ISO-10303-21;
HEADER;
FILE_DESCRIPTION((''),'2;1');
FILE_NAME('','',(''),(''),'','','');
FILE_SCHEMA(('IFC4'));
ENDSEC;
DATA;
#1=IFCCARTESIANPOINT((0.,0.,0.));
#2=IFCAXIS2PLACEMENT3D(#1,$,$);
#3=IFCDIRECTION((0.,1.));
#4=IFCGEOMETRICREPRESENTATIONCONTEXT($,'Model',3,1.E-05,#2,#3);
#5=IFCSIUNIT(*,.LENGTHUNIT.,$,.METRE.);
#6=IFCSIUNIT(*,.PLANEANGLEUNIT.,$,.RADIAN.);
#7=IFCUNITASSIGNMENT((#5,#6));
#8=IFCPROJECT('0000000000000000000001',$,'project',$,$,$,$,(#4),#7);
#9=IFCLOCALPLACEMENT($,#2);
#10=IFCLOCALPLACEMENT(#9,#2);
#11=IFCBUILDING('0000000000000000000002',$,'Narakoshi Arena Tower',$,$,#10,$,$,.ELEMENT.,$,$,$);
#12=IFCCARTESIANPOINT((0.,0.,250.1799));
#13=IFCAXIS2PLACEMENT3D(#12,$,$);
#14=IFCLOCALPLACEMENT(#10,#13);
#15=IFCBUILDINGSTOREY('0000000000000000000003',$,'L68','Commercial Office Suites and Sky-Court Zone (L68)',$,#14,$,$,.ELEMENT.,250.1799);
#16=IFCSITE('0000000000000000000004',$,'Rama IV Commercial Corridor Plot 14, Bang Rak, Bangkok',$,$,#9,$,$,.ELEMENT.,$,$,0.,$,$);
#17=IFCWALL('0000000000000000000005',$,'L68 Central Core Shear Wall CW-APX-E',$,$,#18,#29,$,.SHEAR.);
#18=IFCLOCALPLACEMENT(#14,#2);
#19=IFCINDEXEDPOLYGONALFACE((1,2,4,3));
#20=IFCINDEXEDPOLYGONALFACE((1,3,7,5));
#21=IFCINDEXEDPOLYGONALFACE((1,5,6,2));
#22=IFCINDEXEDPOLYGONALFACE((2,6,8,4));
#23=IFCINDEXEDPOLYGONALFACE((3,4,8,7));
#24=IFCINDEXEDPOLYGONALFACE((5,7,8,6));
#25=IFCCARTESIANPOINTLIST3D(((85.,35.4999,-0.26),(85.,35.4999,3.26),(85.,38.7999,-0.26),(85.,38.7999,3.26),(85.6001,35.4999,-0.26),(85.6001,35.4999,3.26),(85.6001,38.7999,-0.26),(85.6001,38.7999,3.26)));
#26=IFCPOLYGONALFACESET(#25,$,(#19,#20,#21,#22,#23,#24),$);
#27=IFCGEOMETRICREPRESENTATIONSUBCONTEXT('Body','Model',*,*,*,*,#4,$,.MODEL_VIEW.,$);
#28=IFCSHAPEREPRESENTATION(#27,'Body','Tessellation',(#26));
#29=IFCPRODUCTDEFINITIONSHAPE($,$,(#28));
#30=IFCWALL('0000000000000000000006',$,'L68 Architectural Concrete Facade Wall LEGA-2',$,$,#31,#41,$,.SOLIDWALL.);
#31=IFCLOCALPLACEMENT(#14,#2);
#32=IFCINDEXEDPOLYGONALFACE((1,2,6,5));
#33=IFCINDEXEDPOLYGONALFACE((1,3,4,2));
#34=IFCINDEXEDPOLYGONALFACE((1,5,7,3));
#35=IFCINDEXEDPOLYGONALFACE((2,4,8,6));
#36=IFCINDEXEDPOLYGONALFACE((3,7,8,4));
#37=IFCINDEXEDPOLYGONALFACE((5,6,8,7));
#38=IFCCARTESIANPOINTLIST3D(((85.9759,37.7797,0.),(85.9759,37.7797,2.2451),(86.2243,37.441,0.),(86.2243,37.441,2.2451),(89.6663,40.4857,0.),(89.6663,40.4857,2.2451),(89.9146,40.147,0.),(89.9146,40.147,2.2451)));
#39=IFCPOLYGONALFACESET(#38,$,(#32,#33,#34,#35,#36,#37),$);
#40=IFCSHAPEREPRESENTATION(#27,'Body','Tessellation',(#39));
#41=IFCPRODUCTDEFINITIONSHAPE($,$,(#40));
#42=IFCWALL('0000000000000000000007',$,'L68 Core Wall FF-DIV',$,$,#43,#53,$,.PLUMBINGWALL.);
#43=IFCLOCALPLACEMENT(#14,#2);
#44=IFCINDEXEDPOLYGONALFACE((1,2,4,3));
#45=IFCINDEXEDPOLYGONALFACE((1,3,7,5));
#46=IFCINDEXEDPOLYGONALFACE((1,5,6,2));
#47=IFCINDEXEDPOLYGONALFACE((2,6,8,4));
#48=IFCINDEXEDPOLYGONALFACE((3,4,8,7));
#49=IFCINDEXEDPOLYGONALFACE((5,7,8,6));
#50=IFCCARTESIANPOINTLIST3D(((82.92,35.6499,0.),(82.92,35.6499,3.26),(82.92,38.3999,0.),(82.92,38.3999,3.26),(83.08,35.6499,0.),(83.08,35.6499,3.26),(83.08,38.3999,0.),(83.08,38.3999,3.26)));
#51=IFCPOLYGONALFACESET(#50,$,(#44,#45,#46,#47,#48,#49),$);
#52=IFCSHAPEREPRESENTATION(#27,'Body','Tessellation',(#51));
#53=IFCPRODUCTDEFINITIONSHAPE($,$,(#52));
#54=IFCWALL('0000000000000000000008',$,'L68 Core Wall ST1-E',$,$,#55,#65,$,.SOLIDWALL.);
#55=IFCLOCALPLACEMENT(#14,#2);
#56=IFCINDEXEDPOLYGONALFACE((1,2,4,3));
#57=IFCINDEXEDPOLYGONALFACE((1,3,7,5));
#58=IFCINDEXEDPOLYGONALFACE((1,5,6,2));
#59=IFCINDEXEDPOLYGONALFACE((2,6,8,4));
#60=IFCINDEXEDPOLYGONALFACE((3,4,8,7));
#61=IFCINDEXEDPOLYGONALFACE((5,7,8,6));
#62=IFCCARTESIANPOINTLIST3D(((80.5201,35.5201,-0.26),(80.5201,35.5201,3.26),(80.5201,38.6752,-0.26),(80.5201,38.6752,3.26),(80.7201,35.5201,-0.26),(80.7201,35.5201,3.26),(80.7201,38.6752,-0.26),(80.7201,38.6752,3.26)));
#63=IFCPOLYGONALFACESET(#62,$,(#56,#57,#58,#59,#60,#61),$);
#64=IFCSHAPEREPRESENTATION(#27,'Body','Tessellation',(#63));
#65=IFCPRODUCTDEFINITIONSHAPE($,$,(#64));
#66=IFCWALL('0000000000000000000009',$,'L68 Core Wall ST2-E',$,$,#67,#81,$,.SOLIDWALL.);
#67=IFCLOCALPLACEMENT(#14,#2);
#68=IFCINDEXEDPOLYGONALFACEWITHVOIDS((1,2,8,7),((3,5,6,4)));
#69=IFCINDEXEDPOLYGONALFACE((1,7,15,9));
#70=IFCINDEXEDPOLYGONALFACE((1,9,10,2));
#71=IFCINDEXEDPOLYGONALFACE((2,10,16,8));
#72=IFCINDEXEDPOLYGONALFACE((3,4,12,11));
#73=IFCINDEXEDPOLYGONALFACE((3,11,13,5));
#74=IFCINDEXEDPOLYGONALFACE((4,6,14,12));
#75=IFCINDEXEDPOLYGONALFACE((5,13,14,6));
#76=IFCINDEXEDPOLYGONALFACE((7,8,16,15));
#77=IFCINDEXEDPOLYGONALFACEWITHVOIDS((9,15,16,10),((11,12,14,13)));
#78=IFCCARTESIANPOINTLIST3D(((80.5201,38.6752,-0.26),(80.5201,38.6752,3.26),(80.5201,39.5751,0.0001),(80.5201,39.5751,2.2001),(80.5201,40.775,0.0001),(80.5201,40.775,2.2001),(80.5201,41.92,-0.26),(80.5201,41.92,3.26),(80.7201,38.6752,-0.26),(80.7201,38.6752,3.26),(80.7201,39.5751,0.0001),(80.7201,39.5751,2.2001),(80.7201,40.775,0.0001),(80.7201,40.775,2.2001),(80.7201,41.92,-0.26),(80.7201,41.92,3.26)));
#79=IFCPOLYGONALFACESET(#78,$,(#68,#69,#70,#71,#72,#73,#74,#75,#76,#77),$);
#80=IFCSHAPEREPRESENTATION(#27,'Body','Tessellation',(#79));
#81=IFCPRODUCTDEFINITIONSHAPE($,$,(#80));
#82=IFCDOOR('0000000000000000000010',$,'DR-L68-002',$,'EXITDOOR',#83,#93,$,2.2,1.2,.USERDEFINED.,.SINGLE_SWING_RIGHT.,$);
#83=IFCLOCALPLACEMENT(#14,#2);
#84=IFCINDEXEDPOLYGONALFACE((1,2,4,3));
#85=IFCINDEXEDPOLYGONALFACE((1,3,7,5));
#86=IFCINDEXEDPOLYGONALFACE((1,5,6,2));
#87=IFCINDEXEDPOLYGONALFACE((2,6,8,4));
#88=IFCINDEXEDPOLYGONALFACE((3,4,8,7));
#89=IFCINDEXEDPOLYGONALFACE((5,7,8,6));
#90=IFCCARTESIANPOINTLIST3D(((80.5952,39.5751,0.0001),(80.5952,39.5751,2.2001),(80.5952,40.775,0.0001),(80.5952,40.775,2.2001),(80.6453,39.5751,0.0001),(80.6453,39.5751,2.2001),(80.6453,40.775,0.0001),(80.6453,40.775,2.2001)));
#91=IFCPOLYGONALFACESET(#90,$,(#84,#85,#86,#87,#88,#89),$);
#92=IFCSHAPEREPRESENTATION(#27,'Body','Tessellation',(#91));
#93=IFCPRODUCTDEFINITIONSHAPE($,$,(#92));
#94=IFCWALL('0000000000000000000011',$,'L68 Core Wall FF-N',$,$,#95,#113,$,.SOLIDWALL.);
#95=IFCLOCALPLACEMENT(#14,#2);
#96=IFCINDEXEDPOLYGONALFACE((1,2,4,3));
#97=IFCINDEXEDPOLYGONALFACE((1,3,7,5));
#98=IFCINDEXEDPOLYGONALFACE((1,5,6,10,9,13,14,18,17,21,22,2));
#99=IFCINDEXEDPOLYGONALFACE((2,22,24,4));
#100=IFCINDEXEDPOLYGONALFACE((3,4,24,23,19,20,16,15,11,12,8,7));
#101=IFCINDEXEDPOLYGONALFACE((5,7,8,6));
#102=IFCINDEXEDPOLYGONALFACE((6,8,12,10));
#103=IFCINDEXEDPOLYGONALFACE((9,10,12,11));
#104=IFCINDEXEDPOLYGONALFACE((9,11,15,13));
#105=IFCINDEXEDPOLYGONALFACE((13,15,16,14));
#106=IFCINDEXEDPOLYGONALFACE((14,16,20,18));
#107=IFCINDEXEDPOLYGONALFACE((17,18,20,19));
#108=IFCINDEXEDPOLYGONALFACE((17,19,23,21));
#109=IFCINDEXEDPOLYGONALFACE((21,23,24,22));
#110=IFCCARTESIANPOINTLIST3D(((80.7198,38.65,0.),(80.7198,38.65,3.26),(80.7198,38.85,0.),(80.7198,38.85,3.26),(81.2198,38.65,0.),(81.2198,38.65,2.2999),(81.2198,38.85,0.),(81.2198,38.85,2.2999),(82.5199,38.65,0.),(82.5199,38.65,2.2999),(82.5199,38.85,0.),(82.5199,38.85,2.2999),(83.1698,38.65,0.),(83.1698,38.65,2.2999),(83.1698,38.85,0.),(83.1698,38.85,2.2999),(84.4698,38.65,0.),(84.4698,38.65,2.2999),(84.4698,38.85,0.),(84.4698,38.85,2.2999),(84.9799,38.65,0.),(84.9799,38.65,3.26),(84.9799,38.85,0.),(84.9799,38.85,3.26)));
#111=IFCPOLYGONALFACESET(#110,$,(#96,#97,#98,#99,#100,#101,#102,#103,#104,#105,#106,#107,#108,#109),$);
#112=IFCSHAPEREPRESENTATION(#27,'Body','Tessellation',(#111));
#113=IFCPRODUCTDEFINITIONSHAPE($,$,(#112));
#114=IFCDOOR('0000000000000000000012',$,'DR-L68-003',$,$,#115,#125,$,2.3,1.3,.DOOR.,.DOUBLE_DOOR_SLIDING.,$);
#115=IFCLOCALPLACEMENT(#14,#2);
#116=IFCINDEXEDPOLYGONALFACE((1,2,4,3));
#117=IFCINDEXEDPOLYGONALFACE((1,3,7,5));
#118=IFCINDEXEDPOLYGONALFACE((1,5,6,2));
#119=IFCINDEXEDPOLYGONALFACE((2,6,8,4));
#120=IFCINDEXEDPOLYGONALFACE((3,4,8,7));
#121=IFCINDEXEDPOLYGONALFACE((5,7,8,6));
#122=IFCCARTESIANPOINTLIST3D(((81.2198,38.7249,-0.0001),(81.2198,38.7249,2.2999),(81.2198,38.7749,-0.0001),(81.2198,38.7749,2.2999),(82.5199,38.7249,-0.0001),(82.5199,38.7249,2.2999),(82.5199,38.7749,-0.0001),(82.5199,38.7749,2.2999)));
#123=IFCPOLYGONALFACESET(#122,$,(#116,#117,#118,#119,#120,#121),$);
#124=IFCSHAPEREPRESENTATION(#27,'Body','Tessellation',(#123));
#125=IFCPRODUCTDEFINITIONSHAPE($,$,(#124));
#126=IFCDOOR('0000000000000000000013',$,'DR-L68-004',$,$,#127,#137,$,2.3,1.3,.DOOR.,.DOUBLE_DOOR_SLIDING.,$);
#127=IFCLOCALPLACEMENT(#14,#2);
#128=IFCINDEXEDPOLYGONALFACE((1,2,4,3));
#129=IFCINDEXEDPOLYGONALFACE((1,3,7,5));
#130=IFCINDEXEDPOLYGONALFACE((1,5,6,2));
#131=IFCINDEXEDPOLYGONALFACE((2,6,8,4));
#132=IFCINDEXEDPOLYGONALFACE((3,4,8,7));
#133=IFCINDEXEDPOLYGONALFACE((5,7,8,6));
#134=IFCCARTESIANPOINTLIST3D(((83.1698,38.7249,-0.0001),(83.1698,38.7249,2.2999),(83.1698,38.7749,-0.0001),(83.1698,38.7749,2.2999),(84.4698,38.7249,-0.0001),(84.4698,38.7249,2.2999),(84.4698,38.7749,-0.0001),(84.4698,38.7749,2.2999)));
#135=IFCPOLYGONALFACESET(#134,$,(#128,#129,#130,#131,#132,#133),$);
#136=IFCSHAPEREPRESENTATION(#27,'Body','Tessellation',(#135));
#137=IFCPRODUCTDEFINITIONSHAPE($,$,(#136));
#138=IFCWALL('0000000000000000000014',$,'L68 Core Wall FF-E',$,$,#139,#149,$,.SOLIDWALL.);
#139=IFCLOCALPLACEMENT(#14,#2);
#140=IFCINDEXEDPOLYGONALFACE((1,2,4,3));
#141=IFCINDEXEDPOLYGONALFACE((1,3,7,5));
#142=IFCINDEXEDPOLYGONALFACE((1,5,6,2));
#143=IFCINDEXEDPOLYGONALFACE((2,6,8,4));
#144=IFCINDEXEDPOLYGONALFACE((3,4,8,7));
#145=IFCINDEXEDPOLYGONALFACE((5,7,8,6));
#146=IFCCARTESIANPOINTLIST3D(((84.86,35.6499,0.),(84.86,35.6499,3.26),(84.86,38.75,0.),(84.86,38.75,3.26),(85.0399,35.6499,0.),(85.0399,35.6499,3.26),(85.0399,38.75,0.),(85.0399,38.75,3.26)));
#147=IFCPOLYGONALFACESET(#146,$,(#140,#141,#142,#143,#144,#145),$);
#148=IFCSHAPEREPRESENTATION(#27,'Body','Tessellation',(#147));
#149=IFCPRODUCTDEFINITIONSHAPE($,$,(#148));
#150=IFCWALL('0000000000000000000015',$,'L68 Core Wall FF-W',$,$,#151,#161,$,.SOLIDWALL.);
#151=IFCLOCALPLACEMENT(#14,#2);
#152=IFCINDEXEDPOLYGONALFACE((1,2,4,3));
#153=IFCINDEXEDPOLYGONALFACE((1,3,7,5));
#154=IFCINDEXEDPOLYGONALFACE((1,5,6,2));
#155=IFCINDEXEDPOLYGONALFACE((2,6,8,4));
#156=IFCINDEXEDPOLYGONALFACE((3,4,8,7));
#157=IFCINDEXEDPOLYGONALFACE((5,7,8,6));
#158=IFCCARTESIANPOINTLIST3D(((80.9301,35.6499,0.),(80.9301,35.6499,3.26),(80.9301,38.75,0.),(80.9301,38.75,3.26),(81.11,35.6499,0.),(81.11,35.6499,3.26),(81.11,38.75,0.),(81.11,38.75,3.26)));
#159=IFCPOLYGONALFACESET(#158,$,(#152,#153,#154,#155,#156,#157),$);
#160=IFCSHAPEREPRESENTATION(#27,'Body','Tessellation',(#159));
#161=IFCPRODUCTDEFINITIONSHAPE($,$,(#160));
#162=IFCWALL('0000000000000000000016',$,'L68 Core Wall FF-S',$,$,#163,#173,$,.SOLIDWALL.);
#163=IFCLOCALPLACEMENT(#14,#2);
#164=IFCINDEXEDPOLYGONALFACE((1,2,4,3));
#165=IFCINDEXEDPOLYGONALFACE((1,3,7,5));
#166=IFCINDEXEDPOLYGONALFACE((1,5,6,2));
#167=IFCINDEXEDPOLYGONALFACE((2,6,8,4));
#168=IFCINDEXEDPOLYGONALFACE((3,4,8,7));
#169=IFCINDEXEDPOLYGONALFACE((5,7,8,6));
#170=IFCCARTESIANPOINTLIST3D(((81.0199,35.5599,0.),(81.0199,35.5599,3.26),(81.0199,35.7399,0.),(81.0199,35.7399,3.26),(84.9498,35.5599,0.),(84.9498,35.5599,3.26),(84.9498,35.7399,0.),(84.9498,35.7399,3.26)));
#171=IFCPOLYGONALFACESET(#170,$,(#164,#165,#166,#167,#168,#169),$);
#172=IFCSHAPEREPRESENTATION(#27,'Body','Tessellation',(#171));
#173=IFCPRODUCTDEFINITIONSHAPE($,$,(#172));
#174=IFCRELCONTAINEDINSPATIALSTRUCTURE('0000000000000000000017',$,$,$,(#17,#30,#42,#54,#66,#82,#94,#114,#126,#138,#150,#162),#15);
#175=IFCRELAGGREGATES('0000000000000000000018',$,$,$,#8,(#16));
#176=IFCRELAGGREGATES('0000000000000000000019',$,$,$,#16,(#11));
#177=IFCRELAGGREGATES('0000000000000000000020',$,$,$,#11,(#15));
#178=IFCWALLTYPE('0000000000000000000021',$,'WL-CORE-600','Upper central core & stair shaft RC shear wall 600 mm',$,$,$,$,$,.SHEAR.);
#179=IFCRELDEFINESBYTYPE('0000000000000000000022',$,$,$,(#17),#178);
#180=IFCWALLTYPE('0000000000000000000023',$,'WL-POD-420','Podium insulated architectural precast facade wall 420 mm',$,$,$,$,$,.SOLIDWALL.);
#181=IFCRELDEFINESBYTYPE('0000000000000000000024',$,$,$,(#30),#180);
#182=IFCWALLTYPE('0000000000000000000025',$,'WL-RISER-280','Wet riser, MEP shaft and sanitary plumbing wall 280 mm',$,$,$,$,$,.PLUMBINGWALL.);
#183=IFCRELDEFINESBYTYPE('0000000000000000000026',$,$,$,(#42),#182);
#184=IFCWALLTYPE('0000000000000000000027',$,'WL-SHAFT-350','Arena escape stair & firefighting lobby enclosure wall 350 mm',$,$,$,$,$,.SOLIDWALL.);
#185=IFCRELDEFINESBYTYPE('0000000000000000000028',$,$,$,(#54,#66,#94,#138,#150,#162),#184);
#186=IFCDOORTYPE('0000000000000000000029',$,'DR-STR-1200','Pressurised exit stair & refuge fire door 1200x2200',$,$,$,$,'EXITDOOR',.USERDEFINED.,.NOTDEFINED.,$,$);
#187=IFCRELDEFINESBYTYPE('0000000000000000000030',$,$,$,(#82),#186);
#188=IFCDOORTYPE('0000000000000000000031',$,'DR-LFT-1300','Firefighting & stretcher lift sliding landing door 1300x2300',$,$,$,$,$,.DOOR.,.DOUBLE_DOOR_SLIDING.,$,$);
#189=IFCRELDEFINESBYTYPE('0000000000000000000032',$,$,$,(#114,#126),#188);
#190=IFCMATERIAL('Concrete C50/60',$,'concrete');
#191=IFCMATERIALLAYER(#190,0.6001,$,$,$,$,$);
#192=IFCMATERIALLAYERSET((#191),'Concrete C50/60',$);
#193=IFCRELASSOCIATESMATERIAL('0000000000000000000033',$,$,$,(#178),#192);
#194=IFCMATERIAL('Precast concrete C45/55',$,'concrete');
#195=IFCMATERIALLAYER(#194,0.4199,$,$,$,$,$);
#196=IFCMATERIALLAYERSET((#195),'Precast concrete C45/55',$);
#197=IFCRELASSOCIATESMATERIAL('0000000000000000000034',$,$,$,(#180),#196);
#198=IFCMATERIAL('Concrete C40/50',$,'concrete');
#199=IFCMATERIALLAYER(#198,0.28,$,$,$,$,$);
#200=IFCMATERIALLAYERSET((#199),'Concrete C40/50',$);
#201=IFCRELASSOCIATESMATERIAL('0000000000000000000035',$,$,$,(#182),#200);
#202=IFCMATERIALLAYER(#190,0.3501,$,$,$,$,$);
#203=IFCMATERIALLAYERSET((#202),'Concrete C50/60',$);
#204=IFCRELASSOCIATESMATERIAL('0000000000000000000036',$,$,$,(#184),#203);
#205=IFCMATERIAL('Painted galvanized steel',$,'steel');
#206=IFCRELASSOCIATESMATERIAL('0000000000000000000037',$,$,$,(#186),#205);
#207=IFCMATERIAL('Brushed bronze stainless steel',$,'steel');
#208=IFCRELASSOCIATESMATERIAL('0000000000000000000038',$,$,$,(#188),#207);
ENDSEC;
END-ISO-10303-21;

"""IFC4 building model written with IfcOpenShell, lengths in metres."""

from ifc_helpers import new_model, si_unit, direction, frame, frame_2d, origin, place, context, subcontext, project, spatial, rectangle, extrude, material, layer, layer_set, type_object, element, fill, save


model = new_model("IFC4")

# Units and contexts
model_context = context("Model", 3, precision=1e-05, world=origin(), true_north=direction((0.0, 1.0)))
body_context = subcontext(model_context, "Body", "Model", "MODEL_VIEW")
ifc_project = project(units=[si_unit("LENGTHUNIT", "METRE"), si_unit("PLANEANGLEUNIT", "RADIAN")], contexts=[model_context])

# Site, building, storey
site_placement = place(None, origin())
site = spatial("IfcSite", under=ifc_project, at=site_placement, Name="Rama IV Commercial Corridor Plot 14, Bang Rak, Bangkok", CompositionType="ELEMENT", RefElevation=0.0)
building_placement = place(site_placement, origin())
building = spatial("IfcBuilding", under=site, at=building_placement, Name="Narakoshi Arena Tower", CompositionType="ELEMENT")
storey_placement = place(building_placement, frame((0.0, 0.0, 250.1799)))
storey = spatial("IfcBuildingStorey", under=building, at=storey_placement, Name="L68", Description="Commercial Office Suites and Sky-Court Zone (L68)", CompositionType="ELEMENT", Elevation=250.1799)

# Walls
ifc_material_1 = material(Name="Concrete C50/60", Category="concrete")
ifc_layer_1 = layer(ifc_material_1, 0.6001)
ifc_layer_set_1 = layer_set([ifc_layer_1], Name="Concrete C50/60")
wall_type_1 = type_object("IfcWallType", Name="WL-CORE-600", Description="Upper central core & stair shaft RC shear wall 600 mm", PredefinedType="SHEAR", material=ifc_layer_set_1)
wall_1_placement = place(storey_placement, frame((85.3, 35.5, -0.26), z_axis=(0.0, 0.0, 1.0), x_axis=(0.0, 1.0, 0.0)))
element("IfcWall", 1, at=wall_1_placement, inside=storey, type_object=wall_type_1, Name="L68 Central Core Shear Wall CW-APX-E", PredefinedType="SHEAR", context=body_context, shape_type="SweptSolid", body=[
    extrude(rectangle(XDim=3.3, YDim=0.6001, at=frame_2d((1.6499, 0.0))), origin(), (0.0, 0.0, 1.0), 3.52),
])
ifc_material_2 = material(Name="Precast concrete C45/55", Category="concrete")
ifc_layer_2 = layer(ifc_material_2, 0.4199)
ifc_layer_set_2 = layer_set([ifc_layer_2], Name="Precast concrete C45/55")
wall_type_2 = type_object("IfcWallType", Name="WL-POD-420", Description="Podium insulated architectural precast facade wall 420 mm", PredefinedType="SOLIDWALL", material=ifc_layer_set_2)
wall_2_placement = place(storey_placement, frame((86.1001, 37.6104, 0.0), z_axis=(0.0, 0.0, 1.0), x_axis=(0.806432, 0.591327, 0.0)))
element("IfcWall", 2, at=wall_2_placement, inside=storey, type_object=wall_type_2, Name="L68 Architectural Concrete Facade Wall LEGA-2", PredefinedType="SOLIDWALL", context=body_context, shape_type="SweptSolid", body=[
    extrude(rectangle(XDim=4.5762, YDim=0.4199, at=frame_2d((2.2881, 0.0))), origin(), (0.0, 0.0, 1.0), 2.2451),
])
ifc_material_3 = material(Name="Concrete C40/50", Category="concrete")
ifc_layer_3 = layer(ifc_material_3, 0.28)
ifc_layer_set_3 = layer_set([ifc_layer_3], Name="Concrete C40/50")
wall_type_3 = type_object("IfcWallType", Name="WL-RISER-280", Description="Wet riser, MEP shaft and sanitary plumbing wall 280 mm", PredefinedType="PLUMBINGWALL", material=ifc_layer_set_3)
wall_3_placement = place(storey_placement, frame((83.0, 35.6499, 0.0), z_axis=(0.0, 0.0, 1.0), x_axis=(0.0, 1.0, 0.0)))
element("IfcWall", 3, at=wall_3_placement, inside=storey, type_object=wall_type_3, Name="L68 Core Wall FF-DIV", PredefinedType="PLUMBINGWALL", context=body_context, shape_type="SweptSolid", body=[
    extrude(rectangle(XDim=2.75, YDim=0.1599, at=frame_2d((1.375, 0.0))), origin(), (0.0, 0.0, 1.0), 3.26),
])
ifc_layer_4 = layer(ifc_material_1, 0.3501)
ifc_layer_set_4 = layer_set([ifc_layer_4], Name="Concrete C50/60")
wall_type_4 = type_object("IfcWallType", Name="WL-SHAFT-350", Description="Arena escape stair & firefighting lobby enclosure wall 350 mm", PredefinedType="SOLIDWALL", material=ifc_layer_set_4)
wall_4_placement = place(storey_placement, frame((80.6201, 35.52, -0.26), z_axis=(0.0, 0.0, 1.0), x_axis=(0.0, 1.0, 0.0)))
element("IfcWall", 4, at=wall_4_placement, inside=storey, type_object=wall_type_4, Name="L68 Core Wall ST1-E", PredefinedType="SOLIDWALL", context=body_context, shape_type="SweptSolid", body=[
    extrude(rectangle(XDim=3.155, YDim=0.2, at=frame_2d((1.5776, 0.0))), origin(), (0.0, 0.0, 1.0), 3.52),
])

# Wall, opening, door
wall_5_placement = place(storey_placement, frame((80.6201, 38.675, -0.26), z_axis=(0.0, 0.0, 1.0), x_axis=(0.0, 1.0, 0.0)))
wall_5 = element("IfcWall", 5, at=wall_5_placement, inside=storey, type_object=wall_type_4, Name="L68 Core Wall ST2-E", PredefinedType="SOLIDWALL", context=body_context, shape_type="SweptSolid", body=[
    extrude(rectangle(XDim=3.2449, YDim=0.2, at=frame_2d((1.6226, 0.0))), origin(), (0.0, 0.0, 1.0), 3.52),
])
opening_1_placement = place(wall_5_placement, frame((0.8999, 0.0, 0.26)))
opening_1 = element("IfcOpeningElement", 6, at=opening_1_placement, cuts=wall_5, PredefinedType="OPENING", context=body_context, shape_type="SweptSolid", body=[
    extrude(rectangle(XDim=1.2, YDim=2.2, at=frame_2d((0.6001, 1.1001))), frame((0.0, 0.1099, 0.0), z_axis=(0.0, -1.0, 0.0), x_axis=(1.0, 0.0, 0.0)), (0.0, 0.0, 1.0), 0.22),
])
ifc_material_4 = material(Name="Painted galvanized steel", Category="steel")
door_type_1 = type_object("IfcDoorType", Name="DR-STR-1200", Description="Pressurised exit stair & refuge fire door 1200x2200", ElementType="EXITDOOR", OperationType="NOTDEFINED", PredefinedType="USERDEFINED", material=ifc_material_4)
door_1_placement = place(opening_1_placement, origin())
door_1 = element("IfcDoor", 7, at=door_1_placement, inside=storey, type_object=door_type_1, Name="DR-L68-002", ObjectType="EXITDOOR", OperationType="SINGLE_SWING_RIGHT", OverallHeight=2.2, OverallWidth=1.2, PredefinedType="USERDEFINED", context=body_context, shape_type="SweptSolid", body=[
    extrude(rectangle(XDim=1.2, YDim=2.2, at=frame_2d((0.6001, 1.1001))), frame((0.0, 0.0249, 0.0), z_axis=(0.0, -1.0, 0.0), x_axis=(1.0, 0.0, 0.0)), (0.0, 0.0, 1.0), 0.05),
])
fill(opening_1, door_1)

# Wall, openings, doors
wall_6_placement = place(storey_placement, frame((80.72, 38.75, 0.0), z_axis=(0.0, 0.0, 1.0), x_axis=(1.0, 0.0, 0.0)))
wall_6 = element("IfcWall", 8, at=wall_6_placement, inside=storey, type_object=wall_type_4, Name="L68 Core Wall FF-N", PredefinedType="SOLIDWALL", context=body_context, shape_type="SweptSolid", body=[
    extrude(rectangle(XDim=4.26, YDim=0.2, at=frame_2d((2.1299, 0.0))), origin(), (0.0, 0.0, 1.0), 3.26),
])
opening_2_placement = place(wall_6_placement, frame((0.5, 0.0, 0.0)))
opening_2 = element("IfcOpeningElement", 9, at=opening_2_placement, cuts=wall_6, PredefinedType="OPENING", context=body_context, shape_type="SweptSolid", body=[
    extrude(rectangle(XDim=1.3, YDim=2.3, at=frame_2d((0.6499, 1.1499))), frame((0.0, 0.1099, 0.0), z_axis=(0.0, -1.0, 0.0), x_axis=(1.0, 0.0, 0.0)), (0.0, 0.0, 1.0), 0.22),
])
opening_3_placement = place(wall_6_placement, frame((2.45, 0.0, 0.0)))
opening_3 = element("IfcOpeningElement", 10, at=opening_3_placement, cuts=wall_6, PredefinedType="OPENING", context=body_context, shape_type="SweptSolid", body=[
    extrude(rectangle(XDim=1.3, YDim=2.3, at=frame_2d((0.6499, 1.1499))), frame((0.0, 0.1099, 0.0), z_axis=(0.0, -1.0, 0.0), x_axis=(1.0, 0.0, 0.0)), (0.0, 0.0, 1.0), 0.22),
])
ifc_material_5 = material(Name="Brushed bronze stainless steel", Category="steel")
door_type_2 = type_object("IfcDoorType", Name="DR-LFT-1300", Description="Firefighting & stretcher lift sliding landing door 1300x2300", OperationType="DOUBLE_DOOR_SLIDING", PredefinedType="DOOR", material=ifc_material_5)
door_2_placement = place(opening_2_placement, origin())
door_2 = element("IfcDoor", 11, at=door_2_placement, inside=storey, type_object=door_type_2, Name="DR-L68-003", OperationType="DOUBLE_DOOR_SLIDING", OverallHeight=2.3, OverallWidth=1.3, PredefinedType="DOOR", context=body_context, shape_type="SweptSolid", body=[
    extrude(rectangle(XDim=1.3, YDim=2.3, at=frame_2d((0.6499, 1.1499))), frame((0.0, 0.0249, 0.0), z_axis=(0.0, -1.0, 0.0), x_axis=(1.0, 0.0, 0.0)), (0.0, 0.0, 1.0), 0.05),
])
fill(opening_2, door_2)
door_3_placement = place(opening_3_placement, origin())
door_3 = element("IfcDoor", 12, at=door_3_placement, inside=storey, type_object=door_type_2, Name="DR-L68-004", OperationType="DOUBLE_DOOR_SLIDING", OverallHeight=2.3, OverallWidth=1.3, PredefinedType="DOOR", context=body_context, shape_type="SweptSolid", body=[
    extrude(rectangle(XDim=1.3, YDim=2.3, at=frame_2d((0.6499, 1.1499))), frame((0.0, 0.0249, 0.0), z_axis=(0.0, -1.0, 0.0), x_axis=(1.0, 0.0, 0.0)), (0.0, 0.0, 1.0), 0.05),
])
fill(opening_3, door_3)

# Walls
for number, where, z_axis, x_axis, name in (
    (13, (84.95, 35.6499, 0.0), (0.0, 0.0, 1.0), (0.0, 1.0, 0.0), "L68 Core Wall FF-E"),
    (14, (81.02, 35.6499, 0.0), (0.0, 0.0, 1.0), (0.0, 1.0, 0.0), "L68 Core Wall FF-W"),
):
    element("IfcWall", number, at=place(storey_placement, frame(where, z_axis=z_axis, x_axis=x_axis)), inside=storey, type_object=wall_type_4, Name=name, PredefinedType="SOLIDWALL", context=body_context, shape_type="SweptSolid", body=[
        extrude(rectangle(XDim=3.1001, YDim=0.1799, at=frame_2d((1.55, 0.0))), origin(), (0.0, 0.0, 1.0), 3.26),
    ])
wall_7_placement = place(storey_placement, frame((81.02, 35.6499, 0.0), z_axis=(0.0, 0.0, 1.0), x_axis=(1.0, 0.0, 0.0)))
element("IfcWall", 15, at=wall_7_placement, inside=storey, type_object=wall_type_4, Name="L68 Core Wall FF-S", PredefinedType="SOLIDWALL", context=body_context, shape_type="SweptSolid", body=[
    extrude(rectangle(XDim=3.9299, YDim=0.1799, at=frame_2d((1.9648, 0.0))), origin(), (0.0, 0.0, 1.0), 3.26),
])

save(model, "model.ifc")
